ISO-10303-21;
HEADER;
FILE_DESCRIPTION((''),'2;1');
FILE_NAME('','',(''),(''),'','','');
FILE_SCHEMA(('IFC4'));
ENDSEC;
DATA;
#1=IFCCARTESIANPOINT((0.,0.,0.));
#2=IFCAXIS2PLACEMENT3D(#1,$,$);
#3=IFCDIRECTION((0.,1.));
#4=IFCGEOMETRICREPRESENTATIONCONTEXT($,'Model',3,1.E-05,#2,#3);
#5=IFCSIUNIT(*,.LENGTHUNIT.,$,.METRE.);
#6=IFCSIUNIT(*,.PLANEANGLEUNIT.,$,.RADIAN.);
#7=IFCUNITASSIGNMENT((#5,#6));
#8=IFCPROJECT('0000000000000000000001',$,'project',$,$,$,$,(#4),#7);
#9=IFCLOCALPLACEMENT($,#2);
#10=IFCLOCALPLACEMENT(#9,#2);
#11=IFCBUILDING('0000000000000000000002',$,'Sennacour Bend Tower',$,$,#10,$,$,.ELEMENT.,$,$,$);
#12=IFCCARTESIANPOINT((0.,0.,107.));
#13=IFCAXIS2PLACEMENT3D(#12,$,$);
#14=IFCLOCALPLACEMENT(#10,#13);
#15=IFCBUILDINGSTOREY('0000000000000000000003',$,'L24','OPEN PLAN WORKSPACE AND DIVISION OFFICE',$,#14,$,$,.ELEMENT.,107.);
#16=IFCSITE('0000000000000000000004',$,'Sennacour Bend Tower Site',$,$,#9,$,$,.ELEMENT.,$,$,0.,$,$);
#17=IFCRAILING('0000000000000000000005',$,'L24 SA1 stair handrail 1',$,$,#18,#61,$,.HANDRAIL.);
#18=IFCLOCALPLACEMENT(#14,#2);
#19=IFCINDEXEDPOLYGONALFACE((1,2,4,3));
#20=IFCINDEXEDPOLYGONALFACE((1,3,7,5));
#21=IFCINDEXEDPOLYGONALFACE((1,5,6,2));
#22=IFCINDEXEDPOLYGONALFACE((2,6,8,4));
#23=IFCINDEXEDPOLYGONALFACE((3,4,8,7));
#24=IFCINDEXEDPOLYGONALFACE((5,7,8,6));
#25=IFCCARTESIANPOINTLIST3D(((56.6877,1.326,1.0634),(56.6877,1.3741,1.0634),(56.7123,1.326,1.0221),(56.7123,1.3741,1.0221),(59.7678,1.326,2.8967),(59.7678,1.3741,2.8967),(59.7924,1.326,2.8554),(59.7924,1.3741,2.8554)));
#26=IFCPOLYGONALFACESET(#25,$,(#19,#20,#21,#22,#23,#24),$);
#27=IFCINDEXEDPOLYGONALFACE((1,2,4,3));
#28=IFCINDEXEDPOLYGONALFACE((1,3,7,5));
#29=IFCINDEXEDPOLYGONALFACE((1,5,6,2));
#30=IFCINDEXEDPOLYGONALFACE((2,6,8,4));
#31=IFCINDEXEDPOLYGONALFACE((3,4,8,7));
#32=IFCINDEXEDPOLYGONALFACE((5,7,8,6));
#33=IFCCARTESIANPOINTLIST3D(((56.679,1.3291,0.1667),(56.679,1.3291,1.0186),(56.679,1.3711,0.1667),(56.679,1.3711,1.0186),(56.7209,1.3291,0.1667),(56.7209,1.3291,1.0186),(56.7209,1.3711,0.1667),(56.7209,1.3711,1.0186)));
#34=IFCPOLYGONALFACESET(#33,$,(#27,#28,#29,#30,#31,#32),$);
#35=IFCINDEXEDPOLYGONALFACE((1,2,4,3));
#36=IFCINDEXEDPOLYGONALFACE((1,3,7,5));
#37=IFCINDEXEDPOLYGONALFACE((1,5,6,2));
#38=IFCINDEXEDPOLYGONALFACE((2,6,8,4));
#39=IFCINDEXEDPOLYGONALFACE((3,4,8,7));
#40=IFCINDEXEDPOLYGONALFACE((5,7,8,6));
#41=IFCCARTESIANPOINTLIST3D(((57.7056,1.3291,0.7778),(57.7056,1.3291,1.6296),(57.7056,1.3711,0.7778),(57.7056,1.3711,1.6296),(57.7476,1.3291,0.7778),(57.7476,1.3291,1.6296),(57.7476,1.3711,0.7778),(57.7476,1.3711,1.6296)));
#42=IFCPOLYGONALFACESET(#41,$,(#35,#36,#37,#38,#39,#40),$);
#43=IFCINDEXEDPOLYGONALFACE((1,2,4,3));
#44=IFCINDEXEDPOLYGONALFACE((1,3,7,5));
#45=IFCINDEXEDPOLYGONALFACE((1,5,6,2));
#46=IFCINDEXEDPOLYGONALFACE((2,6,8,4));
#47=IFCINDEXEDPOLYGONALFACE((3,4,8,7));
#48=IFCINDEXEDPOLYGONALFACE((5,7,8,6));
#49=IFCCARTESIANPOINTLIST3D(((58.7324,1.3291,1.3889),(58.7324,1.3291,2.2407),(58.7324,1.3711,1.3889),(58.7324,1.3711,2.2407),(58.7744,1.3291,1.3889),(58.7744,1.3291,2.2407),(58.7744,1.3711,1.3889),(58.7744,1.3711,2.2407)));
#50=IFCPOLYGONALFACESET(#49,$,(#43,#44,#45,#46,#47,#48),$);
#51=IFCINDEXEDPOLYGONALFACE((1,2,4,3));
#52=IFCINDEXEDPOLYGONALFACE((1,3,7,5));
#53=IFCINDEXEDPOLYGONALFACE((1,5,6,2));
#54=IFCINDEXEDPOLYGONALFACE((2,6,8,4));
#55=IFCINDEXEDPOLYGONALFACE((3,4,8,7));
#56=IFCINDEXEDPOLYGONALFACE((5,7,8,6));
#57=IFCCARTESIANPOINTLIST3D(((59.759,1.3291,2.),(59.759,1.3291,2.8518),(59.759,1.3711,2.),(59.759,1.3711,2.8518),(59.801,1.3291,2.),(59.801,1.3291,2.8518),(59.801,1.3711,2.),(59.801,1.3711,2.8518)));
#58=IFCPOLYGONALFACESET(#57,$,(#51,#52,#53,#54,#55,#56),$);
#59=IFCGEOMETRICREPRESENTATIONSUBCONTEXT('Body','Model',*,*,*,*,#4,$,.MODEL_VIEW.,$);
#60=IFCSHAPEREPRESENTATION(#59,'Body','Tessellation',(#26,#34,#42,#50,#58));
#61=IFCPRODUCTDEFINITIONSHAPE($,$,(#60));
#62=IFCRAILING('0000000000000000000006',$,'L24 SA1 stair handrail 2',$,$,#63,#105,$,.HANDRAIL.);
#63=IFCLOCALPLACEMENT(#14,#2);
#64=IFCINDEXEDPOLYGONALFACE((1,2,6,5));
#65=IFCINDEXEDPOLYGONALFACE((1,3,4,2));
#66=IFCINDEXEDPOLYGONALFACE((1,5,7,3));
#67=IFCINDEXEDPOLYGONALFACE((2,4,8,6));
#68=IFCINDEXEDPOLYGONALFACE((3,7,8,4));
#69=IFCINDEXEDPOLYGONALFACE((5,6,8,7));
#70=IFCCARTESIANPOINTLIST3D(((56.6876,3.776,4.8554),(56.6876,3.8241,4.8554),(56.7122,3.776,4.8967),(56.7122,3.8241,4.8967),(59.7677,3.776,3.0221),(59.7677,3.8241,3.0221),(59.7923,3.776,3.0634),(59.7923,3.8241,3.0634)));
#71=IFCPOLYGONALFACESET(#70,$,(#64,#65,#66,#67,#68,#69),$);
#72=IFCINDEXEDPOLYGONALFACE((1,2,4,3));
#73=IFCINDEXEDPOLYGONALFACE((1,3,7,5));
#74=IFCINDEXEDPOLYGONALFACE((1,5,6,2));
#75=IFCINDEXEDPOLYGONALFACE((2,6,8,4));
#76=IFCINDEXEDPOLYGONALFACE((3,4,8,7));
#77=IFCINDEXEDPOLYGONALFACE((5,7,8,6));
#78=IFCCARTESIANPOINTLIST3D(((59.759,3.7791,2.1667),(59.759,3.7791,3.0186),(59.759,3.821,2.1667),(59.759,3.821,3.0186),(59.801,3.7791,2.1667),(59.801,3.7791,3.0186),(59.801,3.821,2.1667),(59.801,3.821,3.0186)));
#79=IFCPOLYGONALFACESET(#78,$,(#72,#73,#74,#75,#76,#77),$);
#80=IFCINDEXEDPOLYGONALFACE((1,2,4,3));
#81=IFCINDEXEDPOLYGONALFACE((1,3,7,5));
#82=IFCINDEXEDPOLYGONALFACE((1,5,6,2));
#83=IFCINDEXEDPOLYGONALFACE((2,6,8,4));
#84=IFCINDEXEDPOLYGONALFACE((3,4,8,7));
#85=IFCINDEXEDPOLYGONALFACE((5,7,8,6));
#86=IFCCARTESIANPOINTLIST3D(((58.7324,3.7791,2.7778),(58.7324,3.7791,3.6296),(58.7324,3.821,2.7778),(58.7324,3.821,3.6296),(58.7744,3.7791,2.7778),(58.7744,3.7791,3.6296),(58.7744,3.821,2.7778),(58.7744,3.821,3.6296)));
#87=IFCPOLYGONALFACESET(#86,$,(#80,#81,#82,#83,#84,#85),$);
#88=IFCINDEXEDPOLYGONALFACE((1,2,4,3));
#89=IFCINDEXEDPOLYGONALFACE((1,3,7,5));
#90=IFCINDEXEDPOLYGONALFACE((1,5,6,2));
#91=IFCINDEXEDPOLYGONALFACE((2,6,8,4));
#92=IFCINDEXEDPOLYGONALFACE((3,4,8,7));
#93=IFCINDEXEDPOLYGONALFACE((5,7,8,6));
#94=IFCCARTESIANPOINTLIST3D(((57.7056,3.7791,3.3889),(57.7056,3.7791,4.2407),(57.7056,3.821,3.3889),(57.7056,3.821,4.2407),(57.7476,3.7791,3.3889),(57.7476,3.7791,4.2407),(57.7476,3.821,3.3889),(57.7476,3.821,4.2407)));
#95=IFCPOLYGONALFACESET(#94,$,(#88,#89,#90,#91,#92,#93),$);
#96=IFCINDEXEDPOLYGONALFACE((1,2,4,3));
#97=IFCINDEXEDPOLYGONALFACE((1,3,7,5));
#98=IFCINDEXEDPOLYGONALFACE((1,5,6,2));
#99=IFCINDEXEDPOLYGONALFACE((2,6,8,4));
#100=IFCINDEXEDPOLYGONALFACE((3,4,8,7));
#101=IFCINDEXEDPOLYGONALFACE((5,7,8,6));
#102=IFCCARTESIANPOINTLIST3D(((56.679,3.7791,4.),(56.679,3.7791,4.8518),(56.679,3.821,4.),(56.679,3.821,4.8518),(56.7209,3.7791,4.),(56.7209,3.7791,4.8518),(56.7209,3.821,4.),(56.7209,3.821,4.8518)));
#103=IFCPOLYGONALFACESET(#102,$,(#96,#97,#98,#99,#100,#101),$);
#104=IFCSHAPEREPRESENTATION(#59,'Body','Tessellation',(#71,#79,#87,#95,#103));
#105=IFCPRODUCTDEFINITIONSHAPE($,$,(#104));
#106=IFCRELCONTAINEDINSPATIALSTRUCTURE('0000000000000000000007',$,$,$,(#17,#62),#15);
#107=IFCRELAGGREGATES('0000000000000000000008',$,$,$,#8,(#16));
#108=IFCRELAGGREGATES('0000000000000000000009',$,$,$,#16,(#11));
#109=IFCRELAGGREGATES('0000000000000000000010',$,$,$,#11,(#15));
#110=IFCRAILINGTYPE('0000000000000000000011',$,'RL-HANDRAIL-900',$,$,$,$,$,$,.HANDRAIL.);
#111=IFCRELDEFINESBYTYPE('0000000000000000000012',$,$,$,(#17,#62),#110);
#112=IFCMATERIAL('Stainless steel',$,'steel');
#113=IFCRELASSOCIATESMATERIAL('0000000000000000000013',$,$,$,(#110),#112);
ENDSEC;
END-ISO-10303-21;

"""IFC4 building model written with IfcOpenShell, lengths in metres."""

from ifc_helpers import new_model, si_unit, direction, frame, origin, origin_2d, place, context, subcontext, project, spatial, rectangle, extrude, material, type_object, element, save


model = new_model("IFC4")

# Units and contexts
model_context = context("Model", 3, precision=1e-05, world=origin(), true_north=direction((0.0, 1.0)))
body_context = subcontext(model_context, "Body", "Model", "MODEL_VIEW")
ifc_project = project(units=[si_unit("LENGTHUNIT", "METRE"), si_unit("PLANEANGLEUNIT", "RADIAN")], contexts=[model_context])

# Site, building, storey
site_placement = place(None, origin())
site = spatial("IfcSite", under=ifc_project, at=site_placement, Name="Sennacour Bend Tower Site", CompositionType="ELEMENT", RefElevation=0.0)
building_placement = place(site_placement, origin())
building = spatial("IfcBuilding", under=site, at=building_placement, Name="Sennacour Bend Tower", CompositionType="ELEMENT")
storey_placement = place(building_placement, frame((0.0, 0.0, 107.0)))
storey = spatial("IfcBuildingStorey", under=building, at=storey_placement, Name="L24", Description="OPEN PLAN WORKSPACE AND DIVISION OFFICE", CompositionType="ELEMENT", Elevation=107.0)

# Shared definitions
ifc_material_1 = material(Name="Stainless steel", Category="steel")

# Railings
railing_type_1 = type_object("IfcRailingType", Name="RL-HANDRAIL-900", PredefinedType="HANDRAIL", material=ifc_material_1)
railing_1_placement = place(storey_placement, frame((56.7, 1.3501, 0.1667)))
element("IfcRailing", 1, at=railing_1_placement, inside=storey, type_object=railing_type_1, Name="L24 SA1 stair handrail 1", PredefinedType="HANDRAIL", context=body_context, shape_type="SweptSolid", body=[
    extrude(rectangle(XDim=0.0481, YDim=0.0481, at=origin_2d()), frame((0.0, 0.0, 0.876), z_axis=(0.859309, 0.0, 0.511458), x_axis=(0.0, 1.0, 0.0)), (0.0, 0.0, 1.0), 3.5845),
    extrude(rectangle(XDim=0.042, YDim=0.042, at=origin_2d()), origin(), (0.0, 0.0, 1.0), 0.8518),
    extrude(rectangle(XDim=0.042, YDim=0.042, at=origin_2d()), frame((1.0266, 0.0, 0.6111)), (0.0, 0.0, 1.0), 0.8518),
    extrude(rectangle(XDim=0.042, YDim=0.042, at=origin_2d()), frame((2.0535, 0.0, 1.2222)), (0.0, 0.0, 1.0), 0.8518),
    extrude(rectangle(XDim=0.042, YDim=0.042, at=origin_2d()), frame((3.0801, 0.0, 1.8333)), (0.0, 0.0, 1.0), 0.8518),
])
railing_2_placement = place(storey_placement, frame((59.78, 3.8, 2.1667)))
element("IfcRailing", 2, at=railing_2_placement, inside=storey, type_object=railing_type_1, Name="L24 SA1 stair handrail 2", PredefinedType="HANDRAIL", context=body_context, shape_type="SweptSolid", body=[
    extrude(rectangle(XDim=0.0481, YDim=0.0481, at=origin_2d()), frame((0.0, 0.0, 0.876), z_axis=(-0.859309, 0.0, 0.511458), x_axis=(0.0, -1.0, 0.0)), (0.0, 0.0, 1.0), 3.5845),
    extrude(rectangle(XDim=0.042, YDim=0.042, at=origin_2d()), origin(), (0.0, 0.0, 1.0), 0.8518),
    extrude(rectangle(XDim=0.042, YDim=0.042, at=origin_2d()), frame((-1.0266, 0.0, 0.6111)), (0.0, 0.0, 1.0), 0.8518),
    extrude(rectangle(XDim=0.042, YDim=0.042, at=origin_2d()), frame((-2.0535, 0.0, 1.2222)), (0.0, 0.0, 1.0), 0.8518),
    extrude(rectangle(XDim=0.042, YDim=0.042, at=origin_2d()), frame((-3.0801, 0.0, 1.8333)), (0.0, 0.0, 1.0), 0.8518),
])

save(model, "model.ifc")
